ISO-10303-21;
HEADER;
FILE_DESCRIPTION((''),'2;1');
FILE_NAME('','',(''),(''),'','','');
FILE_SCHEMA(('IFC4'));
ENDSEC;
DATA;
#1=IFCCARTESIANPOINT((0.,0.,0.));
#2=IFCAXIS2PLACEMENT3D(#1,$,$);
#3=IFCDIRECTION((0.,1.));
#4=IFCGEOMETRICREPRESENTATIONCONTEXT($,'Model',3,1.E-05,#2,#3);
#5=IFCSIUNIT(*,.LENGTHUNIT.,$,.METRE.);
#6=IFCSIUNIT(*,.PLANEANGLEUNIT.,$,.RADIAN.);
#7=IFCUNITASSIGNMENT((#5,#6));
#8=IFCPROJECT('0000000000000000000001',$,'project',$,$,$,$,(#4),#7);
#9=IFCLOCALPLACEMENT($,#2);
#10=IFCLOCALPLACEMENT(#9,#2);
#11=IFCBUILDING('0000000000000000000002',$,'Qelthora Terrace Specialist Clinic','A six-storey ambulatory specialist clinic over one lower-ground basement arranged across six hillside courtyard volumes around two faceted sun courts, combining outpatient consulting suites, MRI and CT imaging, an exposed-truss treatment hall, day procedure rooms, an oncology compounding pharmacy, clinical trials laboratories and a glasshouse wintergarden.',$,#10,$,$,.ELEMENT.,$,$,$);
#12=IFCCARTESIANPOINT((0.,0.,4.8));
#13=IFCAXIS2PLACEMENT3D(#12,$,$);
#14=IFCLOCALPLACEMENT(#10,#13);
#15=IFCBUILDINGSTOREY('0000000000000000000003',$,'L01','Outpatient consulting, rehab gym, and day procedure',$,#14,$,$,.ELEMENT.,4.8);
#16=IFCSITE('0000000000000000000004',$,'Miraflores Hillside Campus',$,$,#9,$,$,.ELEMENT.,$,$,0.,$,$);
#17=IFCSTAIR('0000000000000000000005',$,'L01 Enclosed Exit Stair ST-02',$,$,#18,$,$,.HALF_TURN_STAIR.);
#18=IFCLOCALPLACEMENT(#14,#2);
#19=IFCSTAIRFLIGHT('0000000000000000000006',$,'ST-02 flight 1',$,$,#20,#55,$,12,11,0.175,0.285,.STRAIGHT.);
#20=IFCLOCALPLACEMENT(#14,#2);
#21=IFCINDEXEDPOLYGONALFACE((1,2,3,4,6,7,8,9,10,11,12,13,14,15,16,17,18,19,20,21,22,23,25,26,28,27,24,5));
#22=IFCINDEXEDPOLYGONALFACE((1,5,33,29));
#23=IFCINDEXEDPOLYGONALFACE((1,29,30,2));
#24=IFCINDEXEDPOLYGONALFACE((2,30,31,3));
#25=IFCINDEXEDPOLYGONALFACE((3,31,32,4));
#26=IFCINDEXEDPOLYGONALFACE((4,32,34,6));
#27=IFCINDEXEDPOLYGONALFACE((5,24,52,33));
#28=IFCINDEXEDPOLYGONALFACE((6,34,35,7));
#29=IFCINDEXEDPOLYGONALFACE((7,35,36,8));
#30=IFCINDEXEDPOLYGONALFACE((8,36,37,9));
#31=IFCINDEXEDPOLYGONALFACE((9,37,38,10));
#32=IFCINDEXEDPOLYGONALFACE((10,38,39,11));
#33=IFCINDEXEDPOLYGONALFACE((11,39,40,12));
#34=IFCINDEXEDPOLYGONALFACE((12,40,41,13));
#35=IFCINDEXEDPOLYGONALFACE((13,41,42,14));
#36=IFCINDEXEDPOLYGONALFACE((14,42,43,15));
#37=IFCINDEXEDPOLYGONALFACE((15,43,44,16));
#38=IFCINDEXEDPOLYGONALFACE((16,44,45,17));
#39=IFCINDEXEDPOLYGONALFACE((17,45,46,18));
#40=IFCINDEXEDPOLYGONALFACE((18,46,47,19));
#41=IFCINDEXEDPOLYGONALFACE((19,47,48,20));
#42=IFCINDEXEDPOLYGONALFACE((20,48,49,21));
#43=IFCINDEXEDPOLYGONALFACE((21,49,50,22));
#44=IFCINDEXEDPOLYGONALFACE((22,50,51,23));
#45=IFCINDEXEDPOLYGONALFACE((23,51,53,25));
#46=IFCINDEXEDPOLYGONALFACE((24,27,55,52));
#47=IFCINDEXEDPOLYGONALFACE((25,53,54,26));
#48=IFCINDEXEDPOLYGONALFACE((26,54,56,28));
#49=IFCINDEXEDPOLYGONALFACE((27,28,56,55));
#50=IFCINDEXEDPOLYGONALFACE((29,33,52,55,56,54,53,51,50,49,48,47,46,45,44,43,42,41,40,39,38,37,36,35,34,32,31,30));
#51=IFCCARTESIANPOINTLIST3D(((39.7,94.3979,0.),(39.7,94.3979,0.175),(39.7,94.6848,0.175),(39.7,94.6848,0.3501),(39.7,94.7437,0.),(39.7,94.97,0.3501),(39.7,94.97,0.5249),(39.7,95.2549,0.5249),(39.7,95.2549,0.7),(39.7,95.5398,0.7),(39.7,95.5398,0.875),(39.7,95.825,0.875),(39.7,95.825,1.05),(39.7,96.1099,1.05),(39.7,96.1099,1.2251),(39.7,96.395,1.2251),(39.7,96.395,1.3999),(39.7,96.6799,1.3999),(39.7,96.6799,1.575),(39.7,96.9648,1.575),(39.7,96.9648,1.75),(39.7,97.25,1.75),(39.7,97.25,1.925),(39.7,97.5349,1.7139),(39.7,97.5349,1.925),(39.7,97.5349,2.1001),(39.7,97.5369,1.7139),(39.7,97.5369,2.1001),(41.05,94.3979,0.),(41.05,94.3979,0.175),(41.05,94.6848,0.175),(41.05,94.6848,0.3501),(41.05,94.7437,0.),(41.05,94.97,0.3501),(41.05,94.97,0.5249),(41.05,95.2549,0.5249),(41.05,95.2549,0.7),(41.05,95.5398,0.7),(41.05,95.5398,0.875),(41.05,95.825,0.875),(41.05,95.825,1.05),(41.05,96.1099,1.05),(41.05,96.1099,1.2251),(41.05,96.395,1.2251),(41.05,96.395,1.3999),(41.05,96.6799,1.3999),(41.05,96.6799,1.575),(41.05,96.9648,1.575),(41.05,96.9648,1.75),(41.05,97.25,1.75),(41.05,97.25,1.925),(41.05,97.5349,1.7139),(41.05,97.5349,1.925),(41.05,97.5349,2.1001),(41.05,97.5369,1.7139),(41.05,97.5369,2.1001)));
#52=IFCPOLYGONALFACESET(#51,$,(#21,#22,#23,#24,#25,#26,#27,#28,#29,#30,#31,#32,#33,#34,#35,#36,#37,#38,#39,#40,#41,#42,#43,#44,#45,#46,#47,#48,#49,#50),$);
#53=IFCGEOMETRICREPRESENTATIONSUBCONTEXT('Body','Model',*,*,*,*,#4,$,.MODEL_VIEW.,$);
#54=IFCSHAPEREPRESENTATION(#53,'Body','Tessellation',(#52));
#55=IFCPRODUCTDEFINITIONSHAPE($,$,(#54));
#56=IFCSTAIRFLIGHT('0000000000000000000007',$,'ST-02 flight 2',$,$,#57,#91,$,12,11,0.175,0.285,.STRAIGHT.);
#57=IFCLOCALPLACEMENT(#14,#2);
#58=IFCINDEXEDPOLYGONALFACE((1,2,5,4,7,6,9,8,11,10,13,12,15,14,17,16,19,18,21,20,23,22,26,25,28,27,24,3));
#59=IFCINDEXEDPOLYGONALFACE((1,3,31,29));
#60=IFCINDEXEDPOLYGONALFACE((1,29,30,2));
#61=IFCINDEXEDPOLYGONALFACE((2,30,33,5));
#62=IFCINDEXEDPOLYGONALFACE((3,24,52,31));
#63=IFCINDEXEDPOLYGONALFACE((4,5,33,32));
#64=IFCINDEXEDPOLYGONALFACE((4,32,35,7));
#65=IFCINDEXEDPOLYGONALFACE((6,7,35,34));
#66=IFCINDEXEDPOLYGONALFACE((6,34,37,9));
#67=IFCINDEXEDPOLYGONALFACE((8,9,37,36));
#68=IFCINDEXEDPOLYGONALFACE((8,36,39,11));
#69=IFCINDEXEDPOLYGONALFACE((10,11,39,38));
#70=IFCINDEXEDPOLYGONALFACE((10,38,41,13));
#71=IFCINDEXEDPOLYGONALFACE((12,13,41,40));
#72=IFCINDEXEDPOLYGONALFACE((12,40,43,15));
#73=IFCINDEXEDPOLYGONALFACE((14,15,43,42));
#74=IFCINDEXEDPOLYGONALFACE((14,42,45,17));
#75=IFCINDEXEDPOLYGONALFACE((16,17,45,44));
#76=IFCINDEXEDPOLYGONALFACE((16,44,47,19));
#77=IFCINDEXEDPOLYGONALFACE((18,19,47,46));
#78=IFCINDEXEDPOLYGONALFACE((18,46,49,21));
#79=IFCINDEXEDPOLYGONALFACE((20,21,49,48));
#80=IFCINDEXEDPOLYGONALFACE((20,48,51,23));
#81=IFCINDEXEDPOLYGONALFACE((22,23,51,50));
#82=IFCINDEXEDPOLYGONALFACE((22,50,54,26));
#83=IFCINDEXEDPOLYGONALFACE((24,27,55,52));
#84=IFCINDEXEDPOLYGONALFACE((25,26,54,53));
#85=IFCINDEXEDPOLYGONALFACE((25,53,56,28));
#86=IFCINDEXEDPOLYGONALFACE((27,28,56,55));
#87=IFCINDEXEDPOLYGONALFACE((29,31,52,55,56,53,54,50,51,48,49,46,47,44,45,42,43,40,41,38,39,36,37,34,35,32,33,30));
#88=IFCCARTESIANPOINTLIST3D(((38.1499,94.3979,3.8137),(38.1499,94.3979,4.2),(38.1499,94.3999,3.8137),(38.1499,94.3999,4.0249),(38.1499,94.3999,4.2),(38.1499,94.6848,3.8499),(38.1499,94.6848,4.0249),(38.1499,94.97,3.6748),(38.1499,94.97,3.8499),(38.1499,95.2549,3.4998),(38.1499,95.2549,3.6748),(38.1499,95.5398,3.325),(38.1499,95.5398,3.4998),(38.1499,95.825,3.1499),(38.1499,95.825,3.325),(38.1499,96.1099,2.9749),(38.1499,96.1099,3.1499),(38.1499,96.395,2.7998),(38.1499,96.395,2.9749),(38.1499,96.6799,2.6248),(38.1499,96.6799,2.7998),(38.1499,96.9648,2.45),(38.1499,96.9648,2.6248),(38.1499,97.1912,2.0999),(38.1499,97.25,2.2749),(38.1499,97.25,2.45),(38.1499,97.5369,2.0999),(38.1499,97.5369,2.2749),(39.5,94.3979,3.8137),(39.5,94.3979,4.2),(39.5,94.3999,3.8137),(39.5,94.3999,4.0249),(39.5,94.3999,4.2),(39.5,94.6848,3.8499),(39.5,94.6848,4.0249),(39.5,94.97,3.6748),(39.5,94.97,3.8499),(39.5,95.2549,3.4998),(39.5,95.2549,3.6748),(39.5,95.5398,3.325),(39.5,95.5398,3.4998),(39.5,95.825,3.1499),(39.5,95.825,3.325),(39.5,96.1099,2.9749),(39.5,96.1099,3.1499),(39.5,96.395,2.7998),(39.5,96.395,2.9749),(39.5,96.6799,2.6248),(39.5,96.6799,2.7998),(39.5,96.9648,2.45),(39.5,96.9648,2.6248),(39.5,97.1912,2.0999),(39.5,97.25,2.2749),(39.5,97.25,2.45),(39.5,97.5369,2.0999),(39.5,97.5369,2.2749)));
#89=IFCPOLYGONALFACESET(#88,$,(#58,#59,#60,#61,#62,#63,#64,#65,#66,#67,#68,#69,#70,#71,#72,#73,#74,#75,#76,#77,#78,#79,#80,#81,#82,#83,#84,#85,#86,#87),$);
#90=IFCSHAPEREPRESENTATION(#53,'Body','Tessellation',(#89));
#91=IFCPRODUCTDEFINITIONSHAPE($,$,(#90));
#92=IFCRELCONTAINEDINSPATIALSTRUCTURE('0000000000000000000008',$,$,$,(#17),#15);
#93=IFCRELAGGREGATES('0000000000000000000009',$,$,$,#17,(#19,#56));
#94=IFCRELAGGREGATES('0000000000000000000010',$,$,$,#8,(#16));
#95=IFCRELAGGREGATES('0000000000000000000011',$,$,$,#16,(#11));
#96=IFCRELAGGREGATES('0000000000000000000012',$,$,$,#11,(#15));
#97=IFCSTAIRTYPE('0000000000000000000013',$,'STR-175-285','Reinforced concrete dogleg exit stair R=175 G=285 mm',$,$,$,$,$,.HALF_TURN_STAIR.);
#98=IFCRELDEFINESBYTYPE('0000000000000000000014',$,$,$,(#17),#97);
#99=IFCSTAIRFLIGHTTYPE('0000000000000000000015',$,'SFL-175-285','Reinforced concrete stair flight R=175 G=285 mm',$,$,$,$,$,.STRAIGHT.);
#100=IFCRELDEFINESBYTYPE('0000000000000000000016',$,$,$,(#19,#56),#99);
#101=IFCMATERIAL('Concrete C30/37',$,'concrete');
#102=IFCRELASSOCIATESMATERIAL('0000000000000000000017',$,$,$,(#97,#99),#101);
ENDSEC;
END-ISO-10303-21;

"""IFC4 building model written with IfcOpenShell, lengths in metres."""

from ifc_helpers import new_model, si_unit, direction, frame, origin, place, context, subcontext, project, spatial, polyline, outline, extrude, material, type_object, element, aggregate, save


model = new_model("IFC4")

# Units and contexts
model_context = context("Model", 3, precision=1e-05, world=origin(), true_north=direction((0.0, 1.0)))
body_context = subcontext(model_context, "Body", "Model", "MODEL_VIEW")
ifc_project = project(units=[si_unit("LENGTHUNIT", "METRE"), si_unit("PLANEANGLEUNIT", "RADIAN")], contexts=[model_context])

# Site, building, storey
site_placement = place(None, origin())
site = spatial("IfcSite", under=ifc_project, at=site_placement, Name="Miraflores Hillside Campus", CompositionType="ELEMENT", RefElevation=0.0)
building_placement = place(site_placement, origin())
building = spatial("IfcBuilding", under=site, at=building_placement, Name="Qelthora Terrace Specialist Clinic", Description="A six-storey ambulatory specialist clinic over one lower-ground basement arranged across six hillside courtyard volumes around two faceted sun courts, combining outpatient consulting suites, MRI and CT imaging, an exposed-truss treatment hall, day procedure rooms, an oncology compounding pharmacy, clinical trials laboratories and a glasshouse wintergarden.", CompositionType="ELEMENT")
storey_placement = place(building_placement, frame((0.0, 0.0, 4.8)))
storey = spatial("IfcBuildingStorey", under=building, at=storey_placement, Name="L01", Description="Outpatient consulting, rehab gym, and day procedure", CompositionType="ELEMENT", Elevation=4.8)

# Stair, stair flights
ifc_material_1 = material(Name="Concrete C30/37", Category="concrete")
stair_type = type_object("IfcStairType", Name="STR-175-285", Description="Reinforced concrete dogleg exit stair R=175 G=285 mm", PredefinedType="HALF_TURN_STAIR", material=ifc_material_1)
stair_placement = place(storey_placement, origin())
stair = element("IfcStair", 1, at=stair_placement, inside=storey, type_object=stair_type, Name="L01 Enclosed Exit Stair ST-02", PredefinedType="HALF_TURN_STAIR")
stair_flight_type = type_object("IfcStairFlightType", Name="SFL-175-285", Description="Reinforced concrete stair flight R=175 G=285 mm", PredefinedType="STRAIGHT", material=ifc_material_1)
stair_flight_1_placement = place(storey_placement, frame((40.375, 94.3999, 0.0), z_axis=(0.0, 0.0, 1.0), x_axis=(0.0, 1.0, 0.0)))
stair_flight_1 = element("IfcStairFlight", 2, at=stair_flight_1_placement, type_object=stair_flight_type, Name="ST-02 flight 1", NumberOfRisers=12, NumberOfTreads=11, PredefinedType="STRAIGHT", RiserHeight=0.175, TreadLength=0.285, context=body_context, shape_type="SweptSolid", body=[
    extrude(outline(polyline([(-0.002, 0.0), (-0.002, 0.175), (0.2849, 0.175), (0.2849, 0.3501), (0.5701, 0.3501), (0.5701, 0.5249), (0.855, 0.5249), (0.855, 0.7), (1.1399, 0.7), (1.1399, 0.875), (1.425, 0.875), (1.425, 1.05), (1.71, 1.05), (1.71, 1.2251), (1.9951, 1.2251), (1.9951, 1.3999), (2.28, 1.3999), (2.28, 1.575), (2.5649, 1.575), (2.5649, 1.75), (2.8501, 1.75), (2.8501, 1.925), (3.135, 1.925), (3.135, 2.1001), (3.137, 2.1001), (3.137, 1.7139), (3.135, 1.7139), (0.3438, 0.0), (-0.002, 0.0)])), frame((0.0, 0.675, 0.0), z_axis=(0.0, -1.0, 0.0), x_axis=(1.0, 0.0, 0.0)), (0.0, 0.0, 1.0), 1.3501),
])
stair_flight_2_placement = place(storey_placement, frame((38.825, 97.5349, 2.0999), z_axis=(0.0, 0.0, 1.0), x_axis=(0.0, -1.0, 0.0)))
stair_flight_2 = element("IfcStairFlight", 3, at=stair_flight_2_placement, type_object=stair_flight_type, Name="ST-02 flight 2", NumberOfRisers=12, NumberOfTreads=11, PredefinedType="STRAIGHT", RiserHeight=0.175, TreadLength=0.285, context=body_context, shape_type="SweptSolid", body=[
    extrude(outline(polyline([(-0.002, 0.0), (-0.002, 0.175), (0.2849, 0.175), (0.2849, 0.3501), (0.5701, 0.3501), (0.5701, 0.5249), (0.855, 0.5249), (0.855, 0.7), (1.1399, 0.7), (1.1399, 0.875), (1.425, 0.875), (1.425, 1.05), (1.71, 1.05), (1.71, 1.2251), (1.9951, 1.2251), (1.9951, 1.3999), (2.28, 1.3999), (2.28, 1.575), (2.5649, 1.575), (2.5649, 1.75), (2.8501, 1.75), (2.8501, 1.925), (3.135, 1.925), (3.135, 2.1001), (3.137, 2.1001), (3.137, 1.7139), (3.135, 1.7139), (0.3438, 0.0), (-0.002, 0.0)])), frame((0.0, 0.675, 0.0), z_axis=(0.0, -1.0, 0.0), x_axis=(1.0, 0.0, 0.0)), (0.0, 0.0, 1.0), 1.3501),
])
aggregate(stair, [stair_flight_1, stair_flight_2])

save(model, "model.ifc")
